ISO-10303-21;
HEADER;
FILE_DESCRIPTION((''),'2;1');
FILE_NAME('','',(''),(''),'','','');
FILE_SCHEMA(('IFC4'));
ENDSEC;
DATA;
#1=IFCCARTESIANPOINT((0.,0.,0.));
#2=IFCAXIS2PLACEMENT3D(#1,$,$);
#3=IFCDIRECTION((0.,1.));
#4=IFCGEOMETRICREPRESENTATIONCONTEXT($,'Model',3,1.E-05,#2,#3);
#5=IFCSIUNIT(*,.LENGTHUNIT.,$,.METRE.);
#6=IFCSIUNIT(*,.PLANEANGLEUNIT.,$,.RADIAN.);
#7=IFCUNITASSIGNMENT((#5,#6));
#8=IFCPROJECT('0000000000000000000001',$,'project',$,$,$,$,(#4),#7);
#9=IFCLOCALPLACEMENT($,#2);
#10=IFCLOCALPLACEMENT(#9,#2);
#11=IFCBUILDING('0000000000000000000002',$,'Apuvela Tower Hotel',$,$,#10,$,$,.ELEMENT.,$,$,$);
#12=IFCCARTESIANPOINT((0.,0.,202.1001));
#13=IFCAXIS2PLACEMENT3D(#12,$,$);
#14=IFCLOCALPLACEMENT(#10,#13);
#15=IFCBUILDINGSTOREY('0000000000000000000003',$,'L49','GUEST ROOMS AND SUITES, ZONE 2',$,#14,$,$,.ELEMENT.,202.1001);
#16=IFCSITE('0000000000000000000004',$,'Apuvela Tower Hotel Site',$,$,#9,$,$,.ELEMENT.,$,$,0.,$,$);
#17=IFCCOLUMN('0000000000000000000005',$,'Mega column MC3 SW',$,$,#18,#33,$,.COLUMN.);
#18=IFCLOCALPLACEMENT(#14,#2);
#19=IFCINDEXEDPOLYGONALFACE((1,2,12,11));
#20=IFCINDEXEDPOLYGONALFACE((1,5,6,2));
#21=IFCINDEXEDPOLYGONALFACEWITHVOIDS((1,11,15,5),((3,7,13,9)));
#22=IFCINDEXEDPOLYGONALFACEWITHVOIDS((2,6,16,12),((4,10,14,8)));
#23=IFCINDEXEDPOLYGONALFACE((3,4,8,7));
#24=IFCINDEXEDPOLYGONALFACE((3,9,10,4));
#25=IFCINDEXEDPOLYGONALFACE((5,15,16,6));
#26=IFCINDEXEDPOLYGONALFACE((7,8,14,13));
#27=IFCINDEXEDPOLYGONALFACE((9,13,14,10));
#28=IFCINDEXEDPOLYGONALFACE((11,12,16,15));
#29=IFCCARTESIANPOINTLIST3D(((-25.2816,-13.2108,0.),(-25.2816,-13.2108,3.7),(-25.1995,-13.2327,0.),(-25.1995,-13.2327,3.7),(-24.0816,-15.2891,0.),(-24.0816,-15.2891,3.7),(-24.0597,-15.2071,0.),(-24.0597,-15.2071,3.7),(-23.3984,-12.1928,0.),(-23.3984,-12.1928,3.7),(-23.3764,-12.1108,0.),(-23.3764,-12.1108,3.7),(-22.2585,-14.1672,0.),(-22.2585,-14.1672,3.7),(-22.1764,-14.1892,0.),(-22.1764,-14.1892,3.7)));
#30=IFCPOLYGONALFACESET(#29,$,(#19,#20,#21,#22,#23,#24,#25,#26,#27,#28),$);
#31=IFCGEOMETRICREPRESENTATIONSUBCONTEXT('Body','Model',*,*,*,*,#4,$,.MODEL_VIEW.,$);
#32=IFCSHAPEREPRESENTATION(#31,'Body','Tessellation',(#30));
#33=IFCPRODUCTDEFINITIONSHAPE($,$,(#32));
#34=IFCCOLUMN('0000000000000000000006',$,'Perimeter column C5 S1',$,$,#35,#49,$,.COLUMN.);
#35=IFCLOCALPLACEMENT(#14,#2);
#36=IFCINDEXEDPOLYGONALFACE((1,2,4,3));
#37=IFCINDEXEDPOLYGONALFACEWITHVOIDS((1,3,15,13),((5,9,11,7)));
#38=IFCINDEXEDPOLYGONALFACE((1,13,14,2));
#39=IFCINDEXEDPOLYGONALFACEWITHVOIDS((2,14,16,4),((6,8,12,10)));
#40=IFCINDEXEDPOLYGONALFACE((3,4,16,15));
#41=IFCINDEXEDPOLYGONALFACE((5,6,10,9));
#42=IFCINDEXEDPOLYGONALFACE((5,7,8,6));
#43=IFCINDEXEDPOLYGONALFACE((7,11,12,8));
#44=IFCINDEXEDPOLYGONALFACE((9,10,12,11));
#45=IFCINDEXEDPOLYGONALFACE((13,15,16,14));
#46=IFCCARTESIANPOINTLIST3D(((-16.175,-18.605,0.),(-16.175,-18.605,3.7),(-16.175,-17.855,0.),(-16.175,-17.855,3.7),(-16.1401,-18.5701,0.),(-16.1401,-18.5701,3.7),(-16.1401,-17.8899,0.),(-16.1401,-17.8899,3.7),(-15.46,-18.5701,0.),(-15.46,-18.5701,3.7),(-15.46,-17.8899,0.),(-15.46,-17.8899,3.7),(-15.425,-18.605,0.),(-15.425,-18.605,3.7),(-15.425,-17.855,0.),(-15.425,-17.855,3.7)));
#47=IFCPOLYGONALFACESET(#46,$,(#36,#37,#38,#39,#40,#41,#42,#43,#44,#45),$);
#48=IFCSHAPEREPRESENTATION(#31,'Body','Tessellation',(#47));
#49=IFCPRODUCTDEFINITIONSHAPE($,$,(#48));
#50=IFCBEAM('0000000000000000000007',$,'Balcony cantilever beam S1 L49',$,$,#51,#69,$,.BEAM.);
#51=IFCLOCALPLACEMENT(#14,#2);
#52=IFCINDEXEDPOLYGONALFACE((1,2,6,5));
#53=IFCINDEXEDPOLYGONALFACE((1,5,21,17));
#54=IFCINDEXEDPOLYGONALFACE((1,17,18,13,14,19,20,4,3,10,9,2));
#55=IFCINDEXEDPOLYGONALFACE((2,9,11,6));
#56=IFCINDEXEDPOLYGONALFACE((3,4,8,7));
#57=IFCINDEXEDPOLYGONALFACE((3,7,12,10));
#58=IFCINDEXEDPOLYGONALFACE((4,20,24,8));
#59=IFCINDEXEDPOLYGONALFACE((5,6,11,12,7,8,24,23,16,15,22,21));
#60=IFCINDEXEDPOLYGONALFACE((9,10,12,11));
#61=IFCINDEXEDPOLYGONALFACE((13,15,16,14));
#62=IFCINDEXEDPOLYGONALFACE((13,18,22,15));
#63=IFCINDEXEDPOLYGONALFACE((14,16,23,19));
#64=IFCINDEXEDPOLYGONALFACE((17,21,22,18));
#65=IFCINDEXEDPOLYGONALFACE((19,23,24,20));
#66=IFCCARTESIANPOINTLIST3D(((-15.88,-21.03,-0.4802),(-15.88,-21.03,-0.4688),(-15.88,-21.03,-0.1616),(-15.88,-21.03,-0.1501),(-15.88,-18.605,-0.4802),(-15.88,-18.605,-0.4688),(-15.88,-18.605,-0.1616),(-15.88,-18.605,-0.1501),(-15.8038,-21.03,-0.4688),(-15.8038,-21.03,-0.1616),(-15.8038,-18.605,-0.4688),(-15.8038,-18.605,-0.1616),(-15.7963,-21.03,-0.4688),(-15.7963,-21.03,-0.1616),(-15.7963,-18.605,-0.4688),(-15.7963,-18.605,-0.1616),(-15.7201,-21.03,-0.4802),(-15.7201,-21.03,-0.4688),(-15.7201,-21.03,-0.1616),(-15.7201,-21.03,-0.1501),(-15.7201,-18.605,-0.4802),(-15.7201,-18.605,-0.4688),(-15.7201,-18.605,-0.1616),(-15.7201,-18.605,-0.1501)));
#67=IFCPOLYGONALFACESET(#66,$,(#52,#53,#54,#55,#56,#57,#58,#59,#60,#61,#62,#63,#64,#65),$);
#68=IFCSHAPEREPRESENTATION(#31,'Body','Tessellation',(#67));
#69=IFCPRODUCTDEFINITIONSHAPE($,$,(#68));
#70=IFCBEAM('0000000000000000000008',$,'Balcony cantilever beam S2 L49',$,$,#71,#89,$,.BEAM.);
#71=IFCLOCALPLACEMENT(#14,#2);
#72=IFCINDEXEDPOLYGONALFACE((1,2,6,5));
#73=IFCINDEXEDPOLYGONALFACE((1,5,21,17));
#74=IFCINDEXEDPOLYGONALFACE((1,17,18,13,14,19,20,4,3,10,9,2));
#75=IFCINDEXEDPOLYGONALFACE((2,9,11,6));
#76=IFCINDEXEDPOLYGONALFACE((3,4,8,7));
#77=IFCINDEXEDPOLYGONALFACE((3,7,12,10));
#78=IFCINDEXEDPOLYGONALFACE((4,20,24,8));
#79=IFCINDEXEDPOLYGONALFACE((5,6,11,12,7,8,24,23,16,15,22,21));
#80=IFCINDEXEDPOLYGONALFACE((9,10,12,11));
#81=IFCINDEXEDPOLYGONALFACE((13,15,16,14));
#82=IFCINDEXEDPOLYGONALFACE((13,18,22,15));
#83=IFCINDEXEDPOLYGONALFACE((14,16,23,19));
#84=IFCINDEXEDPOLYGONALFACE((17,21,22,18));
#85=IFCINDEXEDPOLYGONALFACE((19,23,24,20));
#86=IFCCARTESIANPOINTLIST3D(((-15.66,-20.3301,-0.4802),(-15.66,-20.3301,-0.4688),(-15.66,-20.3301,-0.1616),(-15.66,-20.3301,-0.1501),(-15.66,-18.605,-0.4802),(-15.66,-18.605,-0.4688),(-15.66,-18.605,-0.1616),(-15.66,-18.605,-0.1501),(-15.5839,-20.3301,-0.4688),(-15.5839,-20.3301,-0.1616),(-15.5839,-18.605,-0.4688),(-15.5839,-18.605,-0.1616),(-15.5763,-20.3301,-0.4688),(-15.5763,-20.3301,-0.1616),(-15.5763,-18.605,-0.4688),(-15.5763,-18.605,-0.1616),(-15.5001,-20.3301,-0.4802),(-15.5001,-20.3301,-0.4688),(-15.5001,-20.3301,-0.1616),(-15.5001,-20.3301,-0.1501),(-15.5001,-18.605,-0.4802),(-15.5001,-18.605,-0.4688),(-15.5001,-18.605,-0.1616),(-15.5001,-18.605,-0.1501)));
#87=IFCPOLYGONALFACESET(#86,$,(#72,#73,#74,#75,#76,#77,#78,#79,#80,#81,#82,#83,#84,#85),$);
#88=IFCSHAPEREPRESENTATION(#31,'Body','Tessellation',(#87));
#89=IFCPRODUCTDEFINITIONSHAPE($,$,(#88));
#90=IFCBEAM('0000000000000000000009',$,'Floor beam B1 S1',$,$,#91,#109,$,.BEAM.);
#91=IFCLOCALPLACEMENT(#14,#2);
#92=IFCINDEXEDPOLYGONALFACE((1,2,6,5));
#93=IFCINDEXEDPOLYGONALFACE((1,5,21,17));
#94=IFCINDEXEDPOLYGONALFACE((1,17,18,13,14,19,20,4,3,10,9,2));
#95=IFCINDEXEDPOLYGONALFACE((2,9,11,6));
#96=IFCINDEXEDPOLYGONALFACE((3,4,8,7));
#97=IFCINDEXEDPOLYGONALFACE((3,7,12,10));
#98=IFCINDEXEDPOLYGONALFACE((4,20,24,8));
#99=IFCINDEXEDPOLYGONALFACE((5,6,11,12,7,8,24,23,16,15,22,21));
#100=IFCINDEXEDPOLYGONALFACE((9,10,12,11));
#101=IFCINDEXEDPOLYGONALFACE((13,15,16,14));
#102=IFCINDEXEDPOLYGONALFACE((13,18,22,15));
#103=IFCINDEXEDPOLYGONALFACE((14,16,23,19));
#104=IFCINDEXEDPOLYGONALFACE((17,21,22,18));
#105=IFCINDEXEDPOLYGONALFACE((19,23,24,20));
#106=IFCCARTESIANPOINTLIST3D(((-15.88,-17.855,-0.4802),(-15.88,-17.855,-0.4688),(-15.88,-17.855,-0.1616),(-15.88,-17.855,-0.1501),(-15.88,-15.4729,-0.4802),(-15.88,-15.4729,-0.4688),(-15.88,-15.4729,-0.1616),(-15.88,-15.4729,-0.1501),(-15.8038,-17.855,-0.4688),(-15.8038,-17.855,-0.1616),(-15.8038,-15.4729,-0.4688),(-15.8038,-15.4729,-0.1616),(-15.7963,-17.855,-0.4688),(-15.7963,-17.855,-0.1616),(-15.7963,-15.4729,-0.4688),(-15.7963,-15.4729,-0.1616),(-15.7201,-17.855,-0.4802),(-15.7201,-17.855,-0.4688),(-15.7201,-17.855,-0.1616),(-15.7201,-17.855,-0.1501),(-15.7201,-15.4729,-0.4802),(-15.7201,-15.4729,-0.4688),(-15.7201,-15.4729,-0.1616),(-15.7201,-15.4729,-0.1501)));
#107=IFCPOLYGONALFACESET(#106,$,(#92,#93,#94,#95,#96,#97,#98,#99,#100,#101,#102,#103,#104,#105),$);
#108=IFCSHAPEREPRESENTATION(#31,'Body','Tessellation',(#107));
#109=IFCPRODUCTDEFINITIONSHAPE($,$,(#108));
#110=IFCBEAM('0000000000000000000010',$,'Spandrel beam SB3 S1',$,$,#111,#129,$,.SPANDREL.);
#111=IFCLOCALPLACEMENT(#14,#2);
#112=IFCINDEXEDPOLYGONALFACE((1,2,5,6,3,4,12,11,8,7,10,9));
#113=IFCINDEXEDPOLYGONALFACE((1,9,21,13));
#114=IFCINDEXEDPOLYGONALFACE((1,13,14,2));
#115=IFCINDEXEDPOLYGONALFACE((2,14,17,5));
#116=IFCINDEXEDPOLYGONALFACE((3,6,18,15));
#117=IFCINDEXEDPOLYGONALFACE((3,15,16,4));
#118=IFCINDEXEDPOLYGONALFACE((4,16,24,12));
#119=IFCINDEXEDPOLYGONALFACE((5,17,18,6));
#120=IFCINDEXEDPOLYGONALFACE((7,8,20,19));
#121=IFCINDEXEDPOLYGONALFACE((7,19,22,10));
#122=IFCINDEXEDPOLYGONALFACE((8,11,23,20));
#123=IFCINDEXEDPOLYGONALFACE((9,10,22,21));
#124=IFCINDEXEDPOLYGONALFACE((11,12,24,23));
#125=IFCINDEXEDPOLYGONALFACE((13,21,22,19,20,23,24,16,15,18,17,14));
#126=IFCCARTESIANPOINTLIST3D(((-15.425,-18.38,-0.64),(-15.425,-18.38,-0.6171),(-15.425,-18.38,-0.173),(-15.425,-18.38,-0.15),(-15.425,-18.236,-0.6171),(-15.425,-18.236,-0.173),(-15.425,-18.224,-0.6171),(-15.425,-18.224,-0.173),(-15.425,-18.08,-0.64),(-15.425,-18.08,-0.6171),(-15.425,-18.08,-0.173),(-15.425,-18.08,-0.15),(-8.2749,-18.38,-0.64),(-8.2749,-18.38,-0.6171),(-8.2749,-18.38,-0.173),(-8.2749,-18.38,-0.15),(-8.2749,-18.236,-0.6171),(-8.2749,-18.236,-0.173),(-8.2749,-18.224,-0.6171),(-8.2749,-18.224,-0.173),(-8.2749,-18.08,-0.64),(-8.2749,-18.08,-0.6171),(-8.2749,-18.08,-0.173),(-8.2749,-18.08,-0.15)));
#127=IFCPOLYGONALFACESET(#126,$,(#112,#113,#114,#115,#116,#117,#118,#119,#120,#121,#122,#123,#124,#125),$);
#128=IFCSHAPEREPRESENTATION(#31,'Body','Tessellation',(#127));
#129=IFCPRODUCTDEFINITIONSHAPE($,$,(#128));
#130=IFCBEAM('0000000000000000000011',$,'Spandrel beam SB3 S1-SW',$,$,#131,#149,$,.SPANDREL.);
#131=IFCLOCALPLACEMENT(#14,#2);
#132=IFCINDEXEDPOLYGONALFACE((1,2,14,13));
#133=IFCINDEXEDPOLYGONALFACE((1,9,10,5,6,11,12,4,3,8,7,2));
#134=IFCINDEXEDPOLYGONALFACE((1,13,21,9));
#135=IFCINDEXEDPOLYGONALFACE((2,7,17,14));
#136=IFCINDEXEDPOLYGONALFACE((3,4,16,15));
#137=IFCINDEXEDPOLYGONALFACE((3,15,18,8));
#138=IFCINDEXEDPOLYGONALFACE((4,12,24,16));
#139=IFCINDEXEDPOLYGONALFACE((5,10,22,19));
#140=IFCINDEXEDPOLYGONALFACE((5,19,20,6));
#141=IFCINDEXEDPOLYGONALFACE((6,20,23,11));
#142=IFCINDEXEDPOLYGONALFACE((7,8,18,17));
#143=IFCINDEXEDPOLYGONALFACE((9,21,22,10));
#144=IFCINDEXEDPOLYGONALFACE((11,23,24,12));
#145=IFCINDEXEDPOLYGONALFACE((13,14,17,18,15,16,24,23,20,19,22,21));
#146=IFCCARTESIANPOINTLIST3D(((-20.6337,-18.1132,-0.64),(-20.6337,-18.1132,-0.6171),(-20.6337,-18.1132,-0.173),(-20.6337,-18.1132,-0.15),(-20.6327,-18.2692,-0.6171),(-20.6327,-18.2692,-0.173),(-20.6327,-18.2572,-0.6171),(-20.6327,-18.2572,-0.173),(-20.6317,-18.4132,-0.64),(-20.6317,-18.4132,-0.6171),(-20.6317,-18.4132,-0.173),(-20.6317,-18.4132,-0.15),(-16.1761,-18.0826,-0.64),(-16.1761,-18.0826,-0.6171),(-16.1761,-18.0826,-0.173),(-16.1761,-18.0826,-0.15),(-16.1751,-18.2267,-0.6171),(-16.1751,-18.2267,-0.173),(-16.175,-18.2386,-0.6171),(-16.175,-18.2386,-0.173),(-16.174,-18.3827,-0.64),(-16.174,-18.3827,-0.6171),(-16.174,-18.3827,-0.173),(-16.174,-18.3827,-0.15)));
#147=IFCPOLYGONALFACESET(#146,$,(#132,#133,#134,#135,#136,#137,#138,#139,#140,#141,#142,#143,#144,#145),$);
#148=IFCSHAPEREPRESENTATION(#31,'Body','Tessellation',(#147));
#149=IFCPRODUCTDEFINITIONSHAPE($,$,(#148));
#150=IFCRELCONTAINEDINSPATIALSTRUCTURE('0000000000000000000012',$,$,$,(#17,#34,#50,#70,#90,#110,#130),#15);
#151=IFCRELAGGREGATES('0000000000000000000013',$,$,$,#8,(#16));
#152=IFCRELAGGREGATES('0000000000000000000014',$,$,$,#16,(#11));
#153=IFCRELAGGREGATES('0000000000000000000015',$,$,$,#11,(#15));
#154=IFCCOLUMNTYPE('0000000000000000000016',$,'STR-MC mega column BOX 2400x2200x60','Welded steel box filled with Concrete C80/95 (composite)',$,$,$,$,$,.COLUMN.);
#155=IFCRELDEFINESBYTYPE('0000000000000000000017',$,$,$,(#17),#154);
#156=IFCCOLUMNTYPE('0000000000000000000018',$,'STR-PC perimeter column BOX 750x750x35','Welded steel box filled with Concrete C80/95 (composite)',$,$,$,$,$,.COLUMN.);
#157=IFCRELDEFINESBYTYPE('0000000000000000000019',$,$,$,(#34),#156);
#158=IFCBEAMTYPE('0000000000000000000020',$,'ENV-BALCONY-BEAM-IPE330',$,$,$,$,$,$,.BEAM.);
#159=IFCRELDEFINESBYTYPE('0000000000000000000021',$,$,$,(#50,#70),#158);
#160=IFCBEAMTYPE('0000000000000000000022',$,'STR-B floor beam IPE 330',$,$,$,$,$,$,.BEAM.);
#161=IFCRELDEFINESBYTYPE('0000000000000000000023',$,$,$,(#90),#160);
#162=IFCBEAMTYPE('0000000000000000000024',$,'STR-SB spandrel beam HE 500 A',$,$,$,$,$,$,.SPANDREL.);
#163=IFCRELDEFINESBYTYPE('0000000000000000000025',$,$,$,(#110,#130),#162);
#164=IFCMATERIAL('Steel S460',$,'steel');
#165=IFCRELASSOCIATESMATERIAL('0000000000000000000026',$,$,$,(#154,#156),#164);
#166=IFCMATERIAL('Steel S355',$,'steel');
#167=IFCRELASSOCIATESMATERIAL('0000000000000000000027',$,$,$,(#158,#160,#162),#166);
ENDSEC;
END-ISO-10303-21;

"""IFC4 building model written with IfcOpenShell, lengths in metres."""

from ifc_helpers import new_model, si_unit, direction, frame, origin, origin_2d, place, context, subcontext, project, spatial, rectangle, hollow_rectangle, i_section, extrude, material, material_profile, profile_set, type_object, element, save


model = new_model("IFC4")

# Units and contexts
model_context = context("Model", 3, precision=1e-05, world=origin(), true_north=direction((0.0, 1.0)))
body_context = subcontext(model_context, "Body", "Model", "MODEL_VIEW")
ifc_project = project(units=[si_unit("LENGTHUNIT", "METRE"), si_unit("PLANEANGLEUNIT", "RADIAN")], contexts=[model_context])

# Site, building, storey
site_placement = place(None, origin())
site = spatial("IfcSite", under=ifc_project, at=site_placement, Name="Apuvela Tower Hotel Site", CompositionType="ELEMENT", RefElevation=0.0)
building_placement = place(site_placement, origin())
building = spatial("IfcBuilding", under=site, at=building_placement, Name="Apuvela Tower Hotel", CompositionType="ELEMENT")
storey_placement = place(building_placement, frame((0.0, 0.0, 202.1001)))
storey = spatial("IfcBuildingStorey", under=building, at=storey_placement, Name="L49", Description="GUEST ROOMS AND SUITES, ZONE 2", CompositionType="ELEMENT", Elevation=202.1001)

# Columns
ifc_material_1 = material(Name="Steel S460", Category="steel")
ifc_material_profile_1 = material_profile(ifc_material_1, hollow_rectangle(XDim=2.3999, YDim=2.2, WallThickness=0.0601, at=origin_2d()), Name="BOX 2400x2200x60")
ifc_material_2 = material(Name="Concrete C80/95", Category="concrete")
ifc_material_profile_2 = material_profile(ifc_material_2, rectangle(XDim=2.28, YDim=2.0801, at=origin_2d()), Name="Concrete C80/95 infill")
ifc_profile_set_1 = profile_set([ifc_material_profile_1, ifc_material_profile_2], Name="Steel S460")
column_type_1 = type_object("IfcColumnType", Name="STR-MC mega column BOX 2400x2200x60", Description="Welded steel box filled with Concrete C80/95 (composite)", PredefinedType="COLUMN", material=ifc_profile_set_1)
column_1_placement = place(storey_placement, frame((-23.729, -13.7, 0.0), z_axis=(0.0, 0.0, 1.0), x_axis=(-0.5, 0.866025, 0.0)))
element("IfcColumn", 1, at=column_1_placement, inside=storey, type_object=column_type_1, Name="Mega column MC3 SW", PredefinedType="COLUMN", context=body_context, shape_type="SweptSolid", body=[
    extrude(hollow_rectangle(XDim=2.3999, YDim=2.2, WallThickness=0.0601, at=origin_2d()), origin(), (0.0, 0.0, 1.0), 3.7),
])
ifc_material_profile_3 = material_profile(ifc_material_1, hollow_rectangle(XDim=0.75, YDim=0.75, WallThickness=0.0349, at=origin_2d()), Name="BOX 750x750x35")
ifc_material_profile_4 = material_profile(ifc_material_2, rectangle(XDim=0.6799, YDim=0.6799, at=origin_2d()), Name="Concrete C80/95 infill")
ifc_profile_set_2 = profile_set([ifc_material_profile_3, ifc_material_profile_4], Name="Steel S460")
column_type_2 = type_object("IfcColumnType", Name="STR-PC perimeter column BOX 750x750x35", Description="Welded steel box filled with Concrete C80/95 (composite)", PredefinedType="COLUMN", material=ifc_profile_set_2)
column_2_placement = place(storey_placement, frame((-15.8, -18.23, 0.0), z_axis=(0.0, 0.0, 1.0), x_axis=(-1.0, 0.0, 0.0)))
element("IfcColumn", 2, at=column_2_placement, inside=storey, type_object=column_type_2, Name="Perimeter column C5 S1", PredefinedType="COLUMN", context=body_context, shape_type="SweptSolid", body=[
    extrude(hollow_rectangle(XDim=0.75, YDim=0.75, WallThickness=0.0349, at=origin_2d()), origin(), (0.0, 0.0, 1.0), 3.7),
])

# Beams
ifc_material_3 = material(Name="Steel S355", Category="steel")
ifc_material_profile_5 = material_profile(ifc_material_3, i_section(OverallWidth=0.1599, OverallDepth=0.3301, WebThickness=0.0076, FlangeThickness=0.0115, at=origin_2d()), Name="IPE 330")
ifc_profile_set_3 = profile_set([ifc_material_profile_5], Name="Steel S355")
beam_type_1 = type_object("IfcBeamType", Name="ENV-BALCONY-BEAM-IPE330", PredefinedType="BEAM", material=ifc_profile_set_3)
beam_1_placement = place(storey_placement, frame((-15.8, -18.605, -0.3152), z_axis=(0.0, -1.0, 0.0), x_axis=(1.0, 0.0, 0.0)))
element("IfcBeam", 3, at=beam_1_placement, inside=storey, type_object=beam_type_1, Name="Balcony cantilever beam S1 L49", PredefinedType="BEAM", context=body_context, shape_type="SweptSolid", body=[
    extrude(i_section(OverallWidth=0.1599, OverallDepth=0.3301, WebThickness=0.0076, FlangeThickness=0.0115, at=origin_2d()), origin(), (0.0, 0.0, 1.0), 2.425),
])
beam_2_placement = place(storey_placement, frame((-15.5801, -18.605, -0.3152), z_axis=(0.0, -1.0, 0.0), x_axis=(1.0, 0.0, 0.0)))
element("IfcBeam", 4, at=beam_2_placement, inside=storey, type_object=beam_type_1, Name="Balcony cantilever beam S2 L49", PredefinedType="BEAM", context=body_context, shape_type="SweptSolid", body=[
    extrude(i_section(OverallWidth=0.1599, OverallDepth=0.3301, WebThickness=0.0076, FlangeThickness=0.0115, at=origin_2d()), origin(), (0.0, 0.0, 1.0), 1.7251),
])
ifc_material_profile_6 = material_profile(ifc_material_3, i_section(OverallWidth=0.1599, OverallDepth=0.3301, WebThickness=0.0076, FlangeThickness=0.0115, at=origin_2d()), Name="IPE 330")
ifc_profile_set_4 = profile_set([ifc_material_profile_6], Name="Steel S355")
beam_type_2 = type_object("IfcBeamType", Name="STR-B floor beam IPE 330", PredefinedType="BEAM", material=ifc_profile_set_4)
beam_3_placement = place(storey_placement, frame((-15.8, -17.855, -0.3152), z_axis=(0.0, 1.0, 0.0), x_axis=(-1.0, 0.0, 0.0)))
element("IfcBeam", 5, at=beam_3_placement, inside=storey, type_object=beam_type_2, Name="Floor beam B1 S1", PredefinedType="BEAM", context=body_context, shape_type="SweptSolid", body=[
    extrude(i_section(OverallWidth=0.1599, OverallDepth=0.3301, WebThickness=0.0076, FlangeThickness=0.0115, at=origin_2d()), origin(), (0.0, 0.0, 1.0), 2.3821),
])
ifc_material_profile_7 = material_profile(ifc_material_3, i_section(OverallWidth=0.3, OverallDepth=0.49, WebThickness=0.012, FlangeThickness=0.0229, at=origin_2d()), Name="HE 500 A")
ifc_profile_set_5 = profile_set([ifc_material_profile_7], Name="Steel S355")
beam_type_3 = type_object("IfcBeamType", Name="STR-SB spandrel beam HE 500 A", PredefinedType="SPANDREL", material=ifc_profile_set_5)
beam_4_placement = place(storey_placement, frame((-15.425, -18.23, -0.395), z_axis=(1.0, 0.0, 0.0), x_axis=(0.0, 1.0, 0.0)))
element("IfcBeam", 6, at=beam_4_placement, inside=storey, type_object=beam_type_3, Name="Spandrel beam SB3 S1", PredefinedType="SPANDREL", context=body_context, shape_type="SweptSolid", body=[
    extrude(i_section(OverallWidth=0.3, OverallDepth=0.49, WebThickness=0.012, FlangeThickness=0.0229, at=origin_2d()), origin(), (0.0, 0.0, 1.0), 7.1501),
])
beam_5_placement = place(storey_placement, frame((-16.175, -18.2327, -0.395), z_axis=(-0.999977, -0.006846, 0.0), x_axis=(0.006846, -0.999977, 0.0)))
element("IfcBeam", 7, at=beam_5_placement, inside=storey, type_object=beam_type_3, Name="Spandrel beam SB3 S1-SW", PredefinedType="SPANDREL", context=body_context, shape_type="SweptSolid", body=[
    extrude(i_section(OverallWidth=0.3, OverallDepth=0.49, WebThickness=0.012, FlangeThickness=0.0229, at=origin_2d()), origin(), (0.0, 0.0, 1.0), 4.4578),
])

save(model, "model.ifc")
